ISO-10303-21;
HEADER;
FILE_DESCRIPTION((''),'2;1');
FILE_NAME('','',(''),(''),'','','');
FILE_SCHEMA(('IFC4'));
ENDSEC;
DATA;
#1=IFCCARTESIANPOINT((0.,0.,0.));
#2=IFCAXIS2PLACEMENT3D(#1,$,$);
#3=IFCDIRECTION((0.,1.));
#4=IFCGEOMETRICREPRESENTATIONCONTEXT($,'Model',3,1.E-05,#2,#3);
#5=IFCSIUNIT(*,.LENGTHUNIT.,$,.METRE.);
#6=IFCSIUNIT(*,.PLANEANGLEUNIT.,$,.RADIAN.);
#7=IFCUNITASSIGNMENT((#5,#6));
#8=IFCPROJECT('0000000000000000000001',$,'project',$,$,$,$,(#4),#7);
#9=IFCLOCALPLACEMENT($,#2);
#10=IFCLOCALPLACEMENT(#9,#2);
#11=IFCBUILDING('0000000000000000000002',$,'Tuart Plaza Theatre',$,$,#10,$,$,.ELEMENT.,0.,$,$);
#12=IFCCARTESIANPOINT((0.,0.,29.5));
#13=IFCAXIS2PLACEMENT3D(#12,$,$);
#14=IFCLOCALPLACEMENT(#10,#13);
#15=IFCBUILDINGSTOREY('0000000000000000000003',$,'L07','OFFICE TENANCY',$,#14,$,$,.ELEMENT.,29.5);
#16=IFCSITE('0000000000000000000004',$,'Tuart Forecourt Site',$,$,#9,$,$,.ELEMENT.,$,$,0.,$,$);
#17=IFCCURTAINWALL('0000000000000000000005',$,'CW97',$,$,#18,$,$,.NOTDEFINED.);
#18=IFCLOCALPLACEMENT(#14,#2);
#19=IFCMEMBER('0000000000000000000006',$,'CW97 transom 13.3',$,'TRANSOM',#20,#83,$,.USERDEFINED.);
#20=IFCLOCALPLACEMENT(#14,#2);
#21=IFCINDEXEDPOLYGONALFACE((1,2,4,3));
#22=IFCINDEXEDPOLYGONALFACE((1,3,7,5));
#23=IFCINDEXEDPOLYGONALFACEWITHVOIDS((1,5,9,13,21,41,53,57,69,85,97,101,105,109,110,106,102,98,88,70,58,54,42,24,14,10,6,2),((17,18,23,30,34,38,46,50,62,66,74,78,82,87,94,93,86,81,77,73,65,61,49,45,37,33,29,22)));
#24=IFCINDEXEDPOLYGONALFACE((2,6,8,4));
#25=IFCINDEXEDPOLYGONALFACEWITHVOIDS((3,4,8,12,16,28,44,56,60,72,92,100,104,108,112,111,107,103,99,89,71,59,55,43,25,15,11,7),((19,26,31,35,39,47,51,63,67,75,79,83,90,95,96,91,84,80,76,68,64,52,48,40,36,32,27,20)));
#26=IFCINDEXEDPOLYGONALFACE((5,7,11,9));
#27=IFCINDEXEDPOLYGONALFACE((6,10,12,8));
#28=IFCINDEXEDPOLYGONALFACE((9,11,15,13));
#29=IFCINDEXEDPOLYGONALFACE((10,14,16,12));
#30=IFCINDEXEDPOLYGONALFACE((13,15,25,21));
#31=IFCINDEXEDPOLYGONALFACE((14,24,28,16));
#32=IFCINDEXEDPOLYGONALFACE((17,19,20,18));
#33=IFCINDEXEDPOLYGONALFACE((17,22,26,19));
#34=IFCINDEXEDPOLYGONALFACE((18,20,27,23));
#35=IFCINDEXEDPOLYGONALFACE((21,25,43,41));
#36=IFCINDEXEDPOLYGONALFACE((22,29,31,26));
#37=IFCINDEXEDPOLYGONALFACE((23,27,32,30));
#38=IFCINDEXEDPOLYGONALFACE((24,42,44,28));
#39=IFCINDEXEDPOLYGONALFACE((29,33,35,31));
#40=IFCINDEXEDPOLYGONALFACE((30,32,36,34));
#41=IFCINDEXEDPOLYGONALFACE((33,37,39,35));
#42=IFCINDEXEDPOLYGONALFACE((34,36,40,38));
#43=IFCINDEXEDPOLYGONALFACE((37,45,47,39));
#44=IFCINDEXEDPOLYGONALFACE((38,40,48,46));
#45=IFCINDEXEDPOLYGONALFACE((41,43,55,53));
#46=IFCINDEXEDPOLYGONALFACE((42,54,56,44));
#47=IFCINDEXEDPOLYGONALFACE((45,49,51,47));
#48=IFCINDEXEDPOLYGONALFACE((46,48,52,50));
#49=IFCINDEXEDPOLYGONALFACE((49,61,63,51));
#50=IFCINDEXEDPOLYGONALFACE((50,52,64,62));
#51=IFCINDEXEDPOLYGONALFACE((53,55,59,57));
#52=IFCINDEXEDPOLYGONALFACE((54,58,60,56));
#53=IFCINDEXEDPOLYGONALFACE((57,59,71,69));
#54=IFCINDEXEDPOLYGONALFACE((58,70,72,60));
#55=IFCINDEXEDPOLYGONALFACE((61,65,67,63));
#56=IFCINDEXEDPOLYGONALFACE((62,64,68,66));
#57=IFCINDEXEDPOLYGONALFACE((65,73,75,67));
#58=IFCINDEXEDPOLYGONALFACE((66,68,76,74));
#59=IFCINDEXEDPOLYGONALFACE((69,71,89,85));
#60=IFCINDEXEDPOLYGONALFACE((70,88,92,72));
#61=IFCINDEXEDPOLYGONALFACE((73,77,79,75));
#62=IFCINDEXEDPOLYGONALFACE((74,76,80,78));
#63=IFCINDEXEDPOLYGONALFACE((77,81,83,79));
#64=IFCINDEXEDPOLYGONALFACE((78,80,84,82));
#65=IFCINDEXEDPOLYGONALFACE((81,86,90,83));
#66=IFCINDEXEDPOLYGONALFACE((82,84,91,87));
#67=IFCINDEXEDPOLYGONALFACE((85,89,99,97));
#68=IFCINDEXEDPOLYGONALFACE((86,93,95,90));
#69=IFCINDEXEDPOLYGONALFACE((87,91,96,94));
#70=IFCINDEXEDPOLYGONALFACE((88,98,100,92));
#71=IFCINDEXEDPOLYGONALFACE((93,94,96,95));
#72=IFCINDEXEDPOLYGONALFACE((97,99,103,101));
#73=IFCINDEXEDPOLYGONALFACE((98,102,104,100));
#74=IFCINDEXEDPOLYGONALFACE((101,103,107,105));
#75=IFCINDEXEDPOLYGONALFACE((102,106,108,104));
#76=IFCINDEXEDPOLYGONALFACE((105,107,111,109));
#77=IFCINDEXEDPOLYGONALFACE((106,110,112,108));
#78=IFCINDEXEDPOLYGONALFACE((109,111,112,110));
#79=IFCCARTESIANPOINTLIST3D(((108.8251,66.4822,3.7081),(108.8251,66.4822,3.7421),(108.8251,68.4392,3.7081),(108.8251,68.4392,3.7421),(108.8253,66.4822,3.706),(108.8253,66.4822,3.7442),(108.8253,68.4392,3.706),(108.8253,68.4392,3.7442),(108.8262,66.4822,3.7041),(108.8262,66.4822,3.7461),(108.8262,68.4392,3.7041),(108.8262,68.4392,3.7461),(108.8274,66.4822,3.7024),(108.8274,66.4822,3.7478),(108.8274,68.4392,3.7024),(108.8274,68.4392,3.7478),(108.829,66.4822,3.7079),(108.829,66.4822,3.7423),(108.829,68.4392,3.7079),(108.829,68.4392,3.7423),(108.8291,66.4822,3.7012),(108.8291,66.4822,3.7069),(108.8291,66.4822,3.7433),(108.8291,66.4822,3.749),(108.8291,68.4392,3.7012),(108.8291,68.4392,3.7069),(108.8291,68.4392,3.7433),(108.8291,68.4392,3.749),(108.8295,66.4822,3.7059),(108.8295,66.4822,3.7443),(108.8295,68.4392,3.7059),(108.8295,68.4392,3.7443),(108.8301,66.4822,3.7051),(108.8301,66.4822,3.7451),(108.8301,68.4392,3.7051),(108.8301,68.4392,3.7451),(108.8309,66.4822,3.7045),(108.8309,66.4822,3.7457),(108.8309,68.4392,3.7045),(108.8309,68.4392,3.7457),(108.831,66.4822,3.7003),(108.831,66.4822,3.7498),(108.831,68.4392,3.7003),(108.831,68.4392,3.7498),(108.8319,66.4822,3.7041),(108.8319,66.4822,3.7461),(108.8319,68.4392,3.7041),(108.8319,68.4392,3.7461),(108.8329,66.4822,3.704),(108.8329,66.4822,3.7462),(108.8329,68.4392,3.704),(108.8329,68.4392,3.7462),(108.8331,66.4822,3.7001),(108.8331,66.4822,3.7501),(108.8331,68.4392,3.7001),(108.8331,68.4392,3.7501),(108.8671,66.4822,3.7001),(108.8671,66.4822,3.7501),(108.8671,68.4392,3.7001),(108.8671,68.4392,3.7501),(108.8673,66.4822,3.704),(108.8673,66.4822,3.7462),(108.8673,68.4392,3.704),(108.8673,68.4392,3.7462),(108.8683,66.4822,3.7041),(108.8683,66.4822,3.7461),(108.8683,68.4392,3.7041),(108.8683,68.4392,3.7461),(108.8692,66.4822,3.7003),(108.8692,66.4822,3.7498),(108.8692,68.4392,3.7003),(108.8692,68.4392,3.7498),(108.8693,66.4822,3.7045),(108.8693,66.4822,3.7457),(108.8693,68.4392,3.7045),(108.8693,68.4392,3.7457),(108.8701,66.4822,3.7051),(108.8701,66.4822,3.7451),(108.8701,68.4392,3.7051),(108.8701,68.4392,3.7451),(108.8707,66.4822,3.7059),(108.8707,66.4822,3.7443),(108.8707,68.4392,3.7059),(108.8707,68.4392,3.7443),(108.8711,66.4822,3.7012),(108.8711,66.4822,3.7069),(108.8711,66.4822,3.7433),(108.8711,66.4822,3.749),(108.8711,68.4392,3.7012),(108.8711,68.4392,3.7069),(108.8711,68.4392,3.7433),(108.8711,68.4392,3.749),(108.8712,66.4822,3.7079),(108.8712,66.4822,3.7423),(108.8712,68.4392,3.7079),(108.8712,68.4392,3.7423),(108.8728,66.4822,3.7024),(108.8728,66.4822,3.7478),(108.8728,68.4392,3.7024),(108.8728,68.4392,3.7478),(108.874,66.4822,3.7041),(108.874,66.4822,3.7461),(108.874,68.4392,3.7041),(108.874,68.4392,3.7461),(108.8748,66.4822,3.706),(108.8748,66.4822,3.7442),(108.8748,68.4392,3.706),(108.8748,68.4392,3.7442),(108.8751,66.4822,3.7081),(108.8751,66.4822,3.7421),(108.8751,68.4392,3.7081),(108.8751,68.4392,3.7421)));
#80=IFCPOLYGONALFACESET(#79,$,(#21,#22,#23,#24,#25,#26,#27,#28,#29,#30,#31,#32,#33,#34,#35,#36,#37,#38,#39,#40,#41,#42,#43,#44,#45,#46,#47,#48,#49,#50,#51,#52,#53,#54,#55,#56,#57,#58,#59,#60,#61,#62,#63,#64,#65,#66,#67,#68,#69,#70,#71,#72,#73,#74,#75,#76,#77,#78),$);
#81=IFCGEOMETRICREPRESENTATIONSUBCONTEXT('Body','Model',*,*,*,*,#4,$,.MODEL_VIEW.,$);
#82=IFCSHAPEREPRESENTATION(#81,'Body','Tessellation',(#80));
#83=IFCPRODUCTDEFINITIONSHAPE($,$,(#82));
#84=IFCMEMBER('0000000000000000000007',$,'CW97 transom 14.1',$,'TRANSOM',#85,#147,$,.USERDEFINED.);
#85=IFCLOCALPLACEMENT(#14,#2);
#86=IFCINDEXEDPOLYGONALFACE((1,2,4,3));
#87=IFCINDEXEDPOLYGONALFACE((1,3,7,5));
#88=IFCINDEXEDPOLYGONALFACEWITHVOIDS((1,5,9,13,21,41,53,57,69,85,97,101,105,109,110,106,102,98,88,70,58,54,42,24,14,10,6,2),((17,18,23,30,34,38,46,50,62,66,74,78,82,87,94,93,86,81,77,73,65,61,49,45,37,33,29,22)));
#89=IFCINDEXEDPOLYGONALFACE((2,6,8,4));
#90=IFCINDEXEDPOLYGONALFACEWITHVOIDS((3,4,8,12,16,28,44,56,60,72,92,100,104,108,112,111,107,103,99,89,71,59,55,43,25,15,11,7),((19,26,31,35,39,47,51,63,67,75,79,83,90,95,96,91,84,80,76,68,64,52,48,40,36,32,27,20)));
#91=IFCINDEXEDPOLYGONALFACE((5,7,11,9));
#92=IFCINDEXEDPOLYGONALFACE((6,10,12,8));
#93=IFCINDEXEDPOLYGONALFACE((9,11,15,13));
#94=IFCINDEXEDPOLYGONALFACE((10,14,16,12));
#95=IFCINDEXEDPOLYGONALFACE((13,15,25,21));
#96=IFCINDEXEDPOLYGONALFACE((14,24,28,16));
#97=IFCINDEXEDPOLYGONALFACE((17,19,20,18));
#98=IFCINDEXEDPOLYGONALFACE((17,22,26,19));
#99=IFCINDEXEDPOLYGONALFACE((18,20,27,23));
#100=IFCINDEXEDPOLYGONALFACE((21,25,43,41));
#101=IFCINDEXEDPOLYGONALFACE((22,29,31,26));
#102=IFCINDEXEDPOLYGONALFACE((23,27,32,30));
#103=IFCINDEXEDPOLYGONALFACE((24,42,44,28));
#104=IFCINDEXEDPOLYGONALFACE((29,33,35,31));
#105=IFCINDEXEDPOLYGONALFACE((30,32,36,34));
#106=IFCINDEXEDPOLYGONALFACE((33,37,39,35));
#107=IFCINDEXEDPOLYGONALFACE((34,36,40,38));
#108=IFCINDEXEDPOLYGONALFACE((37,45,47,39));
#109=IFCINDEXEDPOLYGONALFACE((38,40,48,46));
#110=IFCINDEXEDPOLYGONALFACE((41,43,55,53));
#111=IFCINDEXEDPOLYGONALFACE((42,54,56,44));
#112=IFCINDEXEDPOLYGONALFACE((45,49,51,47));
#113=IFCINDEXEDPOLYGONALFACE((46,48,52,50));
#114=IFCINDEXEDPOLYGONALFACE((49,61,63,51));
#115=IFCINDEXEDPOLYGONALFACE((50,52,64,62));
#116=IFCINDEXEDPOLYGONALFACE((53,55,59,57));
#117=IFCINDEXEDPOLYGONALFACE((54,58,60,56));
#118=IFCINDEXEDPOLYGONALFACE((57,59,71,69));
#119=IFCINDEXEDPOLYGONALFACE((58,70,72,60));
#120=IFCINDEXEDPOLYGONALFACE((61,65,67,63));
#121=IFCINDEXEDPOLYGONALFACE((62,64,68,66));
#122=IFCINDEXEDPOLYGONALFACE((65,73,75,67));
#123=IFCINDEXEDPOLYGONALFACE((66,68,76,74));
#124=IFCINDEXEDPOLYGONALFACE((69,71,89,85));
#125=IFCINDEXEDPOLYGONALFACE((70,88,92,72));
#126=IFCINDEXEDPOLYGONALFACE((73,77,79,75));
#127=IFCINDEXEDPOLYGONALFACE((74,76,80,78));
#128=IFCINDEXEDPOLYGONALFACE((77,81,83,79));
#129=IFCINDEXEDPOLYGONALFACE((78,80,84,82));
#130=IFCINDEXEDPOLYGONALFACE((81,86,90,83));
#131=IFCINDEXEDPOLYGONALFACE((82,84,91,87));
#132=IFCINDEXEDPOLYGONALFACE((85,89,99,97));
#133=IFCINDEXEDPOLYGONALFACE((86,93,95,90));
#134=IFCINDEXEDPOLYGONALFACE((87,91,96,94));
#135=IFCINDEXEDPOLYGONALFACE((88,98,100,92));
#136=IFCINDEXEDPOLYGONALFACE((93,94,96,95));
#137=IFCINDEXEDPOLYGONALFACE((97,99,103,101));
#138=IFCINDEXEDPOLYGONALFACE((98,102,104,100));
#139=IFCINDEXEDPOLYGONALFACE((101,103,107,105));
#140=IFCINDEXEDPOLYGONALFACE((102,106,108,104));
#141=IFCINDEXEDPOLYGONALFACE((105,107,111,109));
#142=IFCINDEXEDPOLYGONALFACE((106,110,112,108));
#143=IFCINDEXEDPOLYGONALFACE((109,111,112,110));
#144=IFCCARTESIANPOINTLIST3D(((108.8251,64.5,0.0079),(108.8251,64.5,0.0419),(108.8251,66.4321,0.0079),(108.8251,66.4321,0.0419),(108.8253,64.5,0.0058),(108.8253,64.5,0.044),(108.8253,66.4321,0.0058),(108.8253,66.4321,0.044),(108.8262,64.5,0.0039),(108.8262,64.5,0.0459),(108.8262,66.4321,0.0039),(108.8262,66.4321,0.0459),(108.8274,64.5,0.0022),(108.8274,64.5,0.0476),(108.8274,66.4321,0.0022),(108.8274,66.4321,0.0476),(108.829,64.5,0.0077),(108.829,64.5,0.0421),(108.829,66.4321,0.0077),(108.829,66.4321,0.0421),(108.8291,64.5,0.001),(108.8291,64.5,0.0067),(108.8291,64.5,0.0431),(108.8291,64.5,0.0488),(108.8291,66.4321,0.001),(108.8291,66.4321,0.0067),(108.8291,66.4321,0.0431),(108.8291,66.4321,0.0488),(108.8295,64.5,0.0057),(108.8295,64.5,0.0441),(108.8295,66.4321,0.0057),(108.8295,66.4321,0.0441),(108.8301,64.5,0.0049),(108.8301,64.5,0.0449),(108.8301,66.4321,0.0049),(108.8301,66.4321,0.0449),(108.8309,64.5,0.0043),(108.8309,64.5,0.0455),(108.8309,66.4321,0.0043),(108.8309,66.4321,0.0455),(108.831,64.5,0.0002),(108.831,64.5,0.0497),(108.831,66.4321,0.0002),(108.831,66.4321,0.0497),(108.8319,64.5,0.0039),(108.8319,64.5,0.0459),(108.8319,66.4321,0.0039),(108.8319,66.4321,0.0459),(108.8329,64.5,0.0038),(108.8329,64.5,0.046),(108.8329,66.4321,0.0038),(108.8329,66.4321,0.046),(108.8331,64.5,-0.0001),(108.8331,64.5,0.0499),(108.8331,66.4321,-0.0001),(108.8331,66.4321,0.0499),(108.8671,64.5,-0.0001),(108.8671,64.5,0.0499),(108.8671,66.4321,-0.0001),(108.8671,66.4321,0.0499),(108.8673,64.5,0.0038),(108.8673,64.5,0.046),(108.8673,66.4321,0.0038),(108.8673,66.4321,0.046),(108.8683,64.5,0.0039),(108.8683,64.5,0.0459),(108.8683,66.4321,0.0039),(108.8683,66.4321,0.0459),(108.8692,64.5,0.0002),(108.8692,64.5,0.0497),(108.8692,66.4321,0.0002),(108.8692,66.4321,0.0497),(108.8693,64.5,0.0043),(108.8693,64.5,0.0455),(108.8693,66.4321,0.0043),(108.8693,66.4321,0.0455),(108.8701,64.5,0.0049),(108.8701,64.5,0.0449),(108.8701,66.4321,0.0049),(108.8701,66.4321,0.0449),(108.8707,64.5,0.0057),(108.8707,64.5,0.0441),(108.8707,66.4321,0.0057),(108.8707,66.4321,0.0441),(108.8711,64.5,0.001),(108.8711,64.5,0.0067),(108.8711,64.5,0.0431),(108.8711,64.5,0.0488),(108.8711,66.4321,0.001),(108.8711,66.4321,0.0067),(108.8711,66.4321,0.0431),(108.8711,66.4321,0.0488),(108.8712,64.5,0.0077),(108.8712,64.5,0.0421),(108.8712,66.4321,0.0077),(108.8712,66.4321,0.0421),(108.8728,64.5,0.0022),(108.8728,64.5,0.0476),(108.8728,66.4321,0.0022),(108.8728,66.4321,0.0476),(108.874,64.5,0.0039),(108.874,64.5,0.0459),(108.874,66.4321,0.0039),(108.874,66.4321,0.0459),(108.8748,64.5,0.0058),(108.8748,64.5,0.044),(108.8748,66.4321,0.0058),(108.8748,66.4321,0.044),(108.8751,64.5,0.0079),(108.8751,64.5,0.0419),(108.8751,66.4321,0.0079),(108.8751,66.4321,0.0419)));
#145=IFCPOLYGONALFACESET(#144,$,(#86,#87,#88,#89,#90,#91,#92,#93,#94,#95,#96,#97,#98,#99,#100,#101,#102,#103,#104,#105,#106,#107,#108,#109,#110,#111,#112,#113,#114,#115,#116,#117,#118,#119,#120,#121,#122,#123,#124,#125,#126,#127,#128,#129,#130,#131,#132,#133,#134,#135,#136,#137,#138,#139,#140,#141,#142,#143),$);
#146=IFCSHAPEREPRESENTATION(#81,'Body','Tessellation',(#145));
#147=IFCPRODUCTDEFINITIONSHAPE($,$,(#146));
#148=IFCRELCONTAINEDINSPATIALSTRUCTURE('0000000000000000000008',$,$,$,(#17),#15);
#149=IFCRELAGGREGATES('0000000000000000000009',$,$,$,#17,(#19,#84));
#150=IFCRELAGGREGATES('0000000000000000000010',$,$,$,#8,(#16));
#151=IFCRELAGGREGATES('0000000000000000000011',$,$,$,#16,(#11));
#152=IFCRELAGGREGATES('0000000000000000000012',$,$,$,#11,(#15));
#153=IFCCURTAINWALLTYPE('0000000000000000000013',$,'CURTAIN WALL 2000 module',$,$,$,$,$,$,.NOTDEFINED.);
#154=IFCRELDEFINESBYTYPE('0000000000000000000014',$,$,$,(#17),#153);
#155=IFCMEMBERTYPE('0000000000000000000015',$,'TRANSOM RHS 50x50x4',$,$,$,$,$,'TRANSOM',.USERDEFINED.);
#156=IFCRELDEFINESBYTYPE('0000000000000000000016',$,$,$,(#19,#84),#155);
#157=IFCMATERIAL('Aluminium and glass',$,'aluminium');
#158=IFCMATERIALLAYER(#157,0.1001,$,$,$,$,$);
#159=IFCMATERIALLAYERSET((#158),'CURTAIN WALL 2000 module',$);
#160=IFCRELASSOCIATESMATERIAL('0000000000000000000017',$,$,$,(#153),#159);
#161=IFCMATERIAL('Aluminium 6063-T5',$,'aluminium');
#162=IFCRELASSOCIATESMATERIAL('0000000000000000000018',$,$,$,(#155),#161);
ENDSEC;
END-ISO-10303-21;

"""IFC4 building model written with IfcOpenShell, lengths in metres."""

from ifc_helpers import new_model, si_unit, direction, frame, origin, origin_2d, place, context, subcontext, project, spatial, hollow_rectangle, extrude, material, layer, layer_set, material_profile, profile_set, type_object, element, aggregate, save


model = new_model("IFC4")

# Units and contexts
model_context = context("Model", 3, precision=1e-05, world=origin(), true_north=direction((0.0, 1.0)))
body_context = subcontext(model_context, "Body", "Model", "MODEL_VIEW")
ifc_project = project(units=[si_unit("LENGTHUNIT", "METRE"), si_unit("PLANEANGLEUNIT", "RADIAN")], contexts=[model_context])

# Site, building, storey
site_placement = place(None, origin())
site = spatial("IfcSite", under=ifc_project, at=site_placement, Name="Tuart Forecourt Site", CompositionType="ELEMENT", RefElevation=0.0)
building_placement = place(site_placement, origin())
building = spatial("IfcBuilding", under=site, at=building_placement, Name="Tuart Plaza Theatre", CompositionType="ELEMENT", ElevationOfRefHeight=0.0)
storey_placement = place(building_placement, frame((0.0, 0.0, 29.5)))
storey = spatial("IfcBuildingStorey", under=building, at=storey_placement, Name="L07", Description="OFFICE TENANCY", CompositionType="ELEMENT", Elevation=29.5)

# Curtain wall, members
ifc_material_1 = material(Name="Aluminium and glass", Category="aluminium")
ifc_layer_1 = layer(ifc_material_1, 0.1001)
ifc_layer_set_1 = layer_set([ifc_layer_1], Name="CURTAIN WALL 2000 module")
curtain_wall_type = type_object("IfcCurtainWallType", Name="CURTAIN WALL 2000 module", PredefinedType="NOTDEFINED", material=ifc_layer_set_1)
curtain_wall_1_placement = place(storey_placement, origin())
curtain_wall_1 = element("IfcCurtainWall", 1, at=curtain_wall_1_placement, inside=storey, type_object=curtain_wall_type, Name="CW97", PredefinedType="NOTDEFINED")
ifc_material_2 = material(Name="Aluminium 6063-T5", Category="aluminium")
ifc_material_profile_1 = material_profile(ifc_material_2, hollow_rectangle(XDim=0.05, YDim=0.05, WallThickness=0.0039, InnerFilletRadius=0.0039, OuterFilletRadius=0.0081, at=origin_2d()), Name="RHS 50x50x4")
ifc_profile_set_1 = profile_set([ifc_material_profile_1], Name="Aluminium 6063-T5")
member_type = type_object("IfcMemberType", Name="TRANSOM RHS 50x50x4", ElementType="TRANSOM", PredefinedType="USERDEFINED", material=ifc_profile_set_1)
member_1_placement = place(storey_placement, frame((108.8501, 68.4392, 3.7251), z_axis=(0.0, -1.0, 0.0), x_axis=(1.0, 0.0, 0.0)))
member_1 = element("IfcMember", 2, at=member_1_placement, type_object=member_type, Name="CW97 transom 13.3", ObjectType="TRANSOM", PredefinedType="USERDEFINED", context=body_context, shape_type="SweptSolid", body=[
    extrude(hollow_rectangle(XDim=0.05, YDim=0.05, WallThickness=0.0039, InnerFilletRadius=0.0039, OuterFilletRadius=0.0081, at=origin_2d()), origin(), (0.0, 0.0, 1.0), 1.957),
])
member_2_placement = place(storey_placement, frame((108.8501, 66.4321, 0.0249), z_axis=(0.0, -1.0, 0.0), x_axis=(1.0, 0.0, 0.0)))
member_2 = element("IfcMember", 3, at=member_2_placement, type_object=member_type, Name="CW97 transom 14.1", ObjectType="TRANSOM", PredefinedType="USERDEFINED", context=body_context, shape_type="SweptSolid", body=[
    extrude(hollow_rectangle(XDim=0.05, YDim=0.05, WallThickness=0.0039, InnerFilletRadius=0.0039, OuterFilletRadius=0.0081, at=origin_2d()), origin(), (0.0, 0.0, 1.0), 1.9321),
])
aggregate(curtain_wall_1, [member_1, member_2])

save(model, "model.ifc")
